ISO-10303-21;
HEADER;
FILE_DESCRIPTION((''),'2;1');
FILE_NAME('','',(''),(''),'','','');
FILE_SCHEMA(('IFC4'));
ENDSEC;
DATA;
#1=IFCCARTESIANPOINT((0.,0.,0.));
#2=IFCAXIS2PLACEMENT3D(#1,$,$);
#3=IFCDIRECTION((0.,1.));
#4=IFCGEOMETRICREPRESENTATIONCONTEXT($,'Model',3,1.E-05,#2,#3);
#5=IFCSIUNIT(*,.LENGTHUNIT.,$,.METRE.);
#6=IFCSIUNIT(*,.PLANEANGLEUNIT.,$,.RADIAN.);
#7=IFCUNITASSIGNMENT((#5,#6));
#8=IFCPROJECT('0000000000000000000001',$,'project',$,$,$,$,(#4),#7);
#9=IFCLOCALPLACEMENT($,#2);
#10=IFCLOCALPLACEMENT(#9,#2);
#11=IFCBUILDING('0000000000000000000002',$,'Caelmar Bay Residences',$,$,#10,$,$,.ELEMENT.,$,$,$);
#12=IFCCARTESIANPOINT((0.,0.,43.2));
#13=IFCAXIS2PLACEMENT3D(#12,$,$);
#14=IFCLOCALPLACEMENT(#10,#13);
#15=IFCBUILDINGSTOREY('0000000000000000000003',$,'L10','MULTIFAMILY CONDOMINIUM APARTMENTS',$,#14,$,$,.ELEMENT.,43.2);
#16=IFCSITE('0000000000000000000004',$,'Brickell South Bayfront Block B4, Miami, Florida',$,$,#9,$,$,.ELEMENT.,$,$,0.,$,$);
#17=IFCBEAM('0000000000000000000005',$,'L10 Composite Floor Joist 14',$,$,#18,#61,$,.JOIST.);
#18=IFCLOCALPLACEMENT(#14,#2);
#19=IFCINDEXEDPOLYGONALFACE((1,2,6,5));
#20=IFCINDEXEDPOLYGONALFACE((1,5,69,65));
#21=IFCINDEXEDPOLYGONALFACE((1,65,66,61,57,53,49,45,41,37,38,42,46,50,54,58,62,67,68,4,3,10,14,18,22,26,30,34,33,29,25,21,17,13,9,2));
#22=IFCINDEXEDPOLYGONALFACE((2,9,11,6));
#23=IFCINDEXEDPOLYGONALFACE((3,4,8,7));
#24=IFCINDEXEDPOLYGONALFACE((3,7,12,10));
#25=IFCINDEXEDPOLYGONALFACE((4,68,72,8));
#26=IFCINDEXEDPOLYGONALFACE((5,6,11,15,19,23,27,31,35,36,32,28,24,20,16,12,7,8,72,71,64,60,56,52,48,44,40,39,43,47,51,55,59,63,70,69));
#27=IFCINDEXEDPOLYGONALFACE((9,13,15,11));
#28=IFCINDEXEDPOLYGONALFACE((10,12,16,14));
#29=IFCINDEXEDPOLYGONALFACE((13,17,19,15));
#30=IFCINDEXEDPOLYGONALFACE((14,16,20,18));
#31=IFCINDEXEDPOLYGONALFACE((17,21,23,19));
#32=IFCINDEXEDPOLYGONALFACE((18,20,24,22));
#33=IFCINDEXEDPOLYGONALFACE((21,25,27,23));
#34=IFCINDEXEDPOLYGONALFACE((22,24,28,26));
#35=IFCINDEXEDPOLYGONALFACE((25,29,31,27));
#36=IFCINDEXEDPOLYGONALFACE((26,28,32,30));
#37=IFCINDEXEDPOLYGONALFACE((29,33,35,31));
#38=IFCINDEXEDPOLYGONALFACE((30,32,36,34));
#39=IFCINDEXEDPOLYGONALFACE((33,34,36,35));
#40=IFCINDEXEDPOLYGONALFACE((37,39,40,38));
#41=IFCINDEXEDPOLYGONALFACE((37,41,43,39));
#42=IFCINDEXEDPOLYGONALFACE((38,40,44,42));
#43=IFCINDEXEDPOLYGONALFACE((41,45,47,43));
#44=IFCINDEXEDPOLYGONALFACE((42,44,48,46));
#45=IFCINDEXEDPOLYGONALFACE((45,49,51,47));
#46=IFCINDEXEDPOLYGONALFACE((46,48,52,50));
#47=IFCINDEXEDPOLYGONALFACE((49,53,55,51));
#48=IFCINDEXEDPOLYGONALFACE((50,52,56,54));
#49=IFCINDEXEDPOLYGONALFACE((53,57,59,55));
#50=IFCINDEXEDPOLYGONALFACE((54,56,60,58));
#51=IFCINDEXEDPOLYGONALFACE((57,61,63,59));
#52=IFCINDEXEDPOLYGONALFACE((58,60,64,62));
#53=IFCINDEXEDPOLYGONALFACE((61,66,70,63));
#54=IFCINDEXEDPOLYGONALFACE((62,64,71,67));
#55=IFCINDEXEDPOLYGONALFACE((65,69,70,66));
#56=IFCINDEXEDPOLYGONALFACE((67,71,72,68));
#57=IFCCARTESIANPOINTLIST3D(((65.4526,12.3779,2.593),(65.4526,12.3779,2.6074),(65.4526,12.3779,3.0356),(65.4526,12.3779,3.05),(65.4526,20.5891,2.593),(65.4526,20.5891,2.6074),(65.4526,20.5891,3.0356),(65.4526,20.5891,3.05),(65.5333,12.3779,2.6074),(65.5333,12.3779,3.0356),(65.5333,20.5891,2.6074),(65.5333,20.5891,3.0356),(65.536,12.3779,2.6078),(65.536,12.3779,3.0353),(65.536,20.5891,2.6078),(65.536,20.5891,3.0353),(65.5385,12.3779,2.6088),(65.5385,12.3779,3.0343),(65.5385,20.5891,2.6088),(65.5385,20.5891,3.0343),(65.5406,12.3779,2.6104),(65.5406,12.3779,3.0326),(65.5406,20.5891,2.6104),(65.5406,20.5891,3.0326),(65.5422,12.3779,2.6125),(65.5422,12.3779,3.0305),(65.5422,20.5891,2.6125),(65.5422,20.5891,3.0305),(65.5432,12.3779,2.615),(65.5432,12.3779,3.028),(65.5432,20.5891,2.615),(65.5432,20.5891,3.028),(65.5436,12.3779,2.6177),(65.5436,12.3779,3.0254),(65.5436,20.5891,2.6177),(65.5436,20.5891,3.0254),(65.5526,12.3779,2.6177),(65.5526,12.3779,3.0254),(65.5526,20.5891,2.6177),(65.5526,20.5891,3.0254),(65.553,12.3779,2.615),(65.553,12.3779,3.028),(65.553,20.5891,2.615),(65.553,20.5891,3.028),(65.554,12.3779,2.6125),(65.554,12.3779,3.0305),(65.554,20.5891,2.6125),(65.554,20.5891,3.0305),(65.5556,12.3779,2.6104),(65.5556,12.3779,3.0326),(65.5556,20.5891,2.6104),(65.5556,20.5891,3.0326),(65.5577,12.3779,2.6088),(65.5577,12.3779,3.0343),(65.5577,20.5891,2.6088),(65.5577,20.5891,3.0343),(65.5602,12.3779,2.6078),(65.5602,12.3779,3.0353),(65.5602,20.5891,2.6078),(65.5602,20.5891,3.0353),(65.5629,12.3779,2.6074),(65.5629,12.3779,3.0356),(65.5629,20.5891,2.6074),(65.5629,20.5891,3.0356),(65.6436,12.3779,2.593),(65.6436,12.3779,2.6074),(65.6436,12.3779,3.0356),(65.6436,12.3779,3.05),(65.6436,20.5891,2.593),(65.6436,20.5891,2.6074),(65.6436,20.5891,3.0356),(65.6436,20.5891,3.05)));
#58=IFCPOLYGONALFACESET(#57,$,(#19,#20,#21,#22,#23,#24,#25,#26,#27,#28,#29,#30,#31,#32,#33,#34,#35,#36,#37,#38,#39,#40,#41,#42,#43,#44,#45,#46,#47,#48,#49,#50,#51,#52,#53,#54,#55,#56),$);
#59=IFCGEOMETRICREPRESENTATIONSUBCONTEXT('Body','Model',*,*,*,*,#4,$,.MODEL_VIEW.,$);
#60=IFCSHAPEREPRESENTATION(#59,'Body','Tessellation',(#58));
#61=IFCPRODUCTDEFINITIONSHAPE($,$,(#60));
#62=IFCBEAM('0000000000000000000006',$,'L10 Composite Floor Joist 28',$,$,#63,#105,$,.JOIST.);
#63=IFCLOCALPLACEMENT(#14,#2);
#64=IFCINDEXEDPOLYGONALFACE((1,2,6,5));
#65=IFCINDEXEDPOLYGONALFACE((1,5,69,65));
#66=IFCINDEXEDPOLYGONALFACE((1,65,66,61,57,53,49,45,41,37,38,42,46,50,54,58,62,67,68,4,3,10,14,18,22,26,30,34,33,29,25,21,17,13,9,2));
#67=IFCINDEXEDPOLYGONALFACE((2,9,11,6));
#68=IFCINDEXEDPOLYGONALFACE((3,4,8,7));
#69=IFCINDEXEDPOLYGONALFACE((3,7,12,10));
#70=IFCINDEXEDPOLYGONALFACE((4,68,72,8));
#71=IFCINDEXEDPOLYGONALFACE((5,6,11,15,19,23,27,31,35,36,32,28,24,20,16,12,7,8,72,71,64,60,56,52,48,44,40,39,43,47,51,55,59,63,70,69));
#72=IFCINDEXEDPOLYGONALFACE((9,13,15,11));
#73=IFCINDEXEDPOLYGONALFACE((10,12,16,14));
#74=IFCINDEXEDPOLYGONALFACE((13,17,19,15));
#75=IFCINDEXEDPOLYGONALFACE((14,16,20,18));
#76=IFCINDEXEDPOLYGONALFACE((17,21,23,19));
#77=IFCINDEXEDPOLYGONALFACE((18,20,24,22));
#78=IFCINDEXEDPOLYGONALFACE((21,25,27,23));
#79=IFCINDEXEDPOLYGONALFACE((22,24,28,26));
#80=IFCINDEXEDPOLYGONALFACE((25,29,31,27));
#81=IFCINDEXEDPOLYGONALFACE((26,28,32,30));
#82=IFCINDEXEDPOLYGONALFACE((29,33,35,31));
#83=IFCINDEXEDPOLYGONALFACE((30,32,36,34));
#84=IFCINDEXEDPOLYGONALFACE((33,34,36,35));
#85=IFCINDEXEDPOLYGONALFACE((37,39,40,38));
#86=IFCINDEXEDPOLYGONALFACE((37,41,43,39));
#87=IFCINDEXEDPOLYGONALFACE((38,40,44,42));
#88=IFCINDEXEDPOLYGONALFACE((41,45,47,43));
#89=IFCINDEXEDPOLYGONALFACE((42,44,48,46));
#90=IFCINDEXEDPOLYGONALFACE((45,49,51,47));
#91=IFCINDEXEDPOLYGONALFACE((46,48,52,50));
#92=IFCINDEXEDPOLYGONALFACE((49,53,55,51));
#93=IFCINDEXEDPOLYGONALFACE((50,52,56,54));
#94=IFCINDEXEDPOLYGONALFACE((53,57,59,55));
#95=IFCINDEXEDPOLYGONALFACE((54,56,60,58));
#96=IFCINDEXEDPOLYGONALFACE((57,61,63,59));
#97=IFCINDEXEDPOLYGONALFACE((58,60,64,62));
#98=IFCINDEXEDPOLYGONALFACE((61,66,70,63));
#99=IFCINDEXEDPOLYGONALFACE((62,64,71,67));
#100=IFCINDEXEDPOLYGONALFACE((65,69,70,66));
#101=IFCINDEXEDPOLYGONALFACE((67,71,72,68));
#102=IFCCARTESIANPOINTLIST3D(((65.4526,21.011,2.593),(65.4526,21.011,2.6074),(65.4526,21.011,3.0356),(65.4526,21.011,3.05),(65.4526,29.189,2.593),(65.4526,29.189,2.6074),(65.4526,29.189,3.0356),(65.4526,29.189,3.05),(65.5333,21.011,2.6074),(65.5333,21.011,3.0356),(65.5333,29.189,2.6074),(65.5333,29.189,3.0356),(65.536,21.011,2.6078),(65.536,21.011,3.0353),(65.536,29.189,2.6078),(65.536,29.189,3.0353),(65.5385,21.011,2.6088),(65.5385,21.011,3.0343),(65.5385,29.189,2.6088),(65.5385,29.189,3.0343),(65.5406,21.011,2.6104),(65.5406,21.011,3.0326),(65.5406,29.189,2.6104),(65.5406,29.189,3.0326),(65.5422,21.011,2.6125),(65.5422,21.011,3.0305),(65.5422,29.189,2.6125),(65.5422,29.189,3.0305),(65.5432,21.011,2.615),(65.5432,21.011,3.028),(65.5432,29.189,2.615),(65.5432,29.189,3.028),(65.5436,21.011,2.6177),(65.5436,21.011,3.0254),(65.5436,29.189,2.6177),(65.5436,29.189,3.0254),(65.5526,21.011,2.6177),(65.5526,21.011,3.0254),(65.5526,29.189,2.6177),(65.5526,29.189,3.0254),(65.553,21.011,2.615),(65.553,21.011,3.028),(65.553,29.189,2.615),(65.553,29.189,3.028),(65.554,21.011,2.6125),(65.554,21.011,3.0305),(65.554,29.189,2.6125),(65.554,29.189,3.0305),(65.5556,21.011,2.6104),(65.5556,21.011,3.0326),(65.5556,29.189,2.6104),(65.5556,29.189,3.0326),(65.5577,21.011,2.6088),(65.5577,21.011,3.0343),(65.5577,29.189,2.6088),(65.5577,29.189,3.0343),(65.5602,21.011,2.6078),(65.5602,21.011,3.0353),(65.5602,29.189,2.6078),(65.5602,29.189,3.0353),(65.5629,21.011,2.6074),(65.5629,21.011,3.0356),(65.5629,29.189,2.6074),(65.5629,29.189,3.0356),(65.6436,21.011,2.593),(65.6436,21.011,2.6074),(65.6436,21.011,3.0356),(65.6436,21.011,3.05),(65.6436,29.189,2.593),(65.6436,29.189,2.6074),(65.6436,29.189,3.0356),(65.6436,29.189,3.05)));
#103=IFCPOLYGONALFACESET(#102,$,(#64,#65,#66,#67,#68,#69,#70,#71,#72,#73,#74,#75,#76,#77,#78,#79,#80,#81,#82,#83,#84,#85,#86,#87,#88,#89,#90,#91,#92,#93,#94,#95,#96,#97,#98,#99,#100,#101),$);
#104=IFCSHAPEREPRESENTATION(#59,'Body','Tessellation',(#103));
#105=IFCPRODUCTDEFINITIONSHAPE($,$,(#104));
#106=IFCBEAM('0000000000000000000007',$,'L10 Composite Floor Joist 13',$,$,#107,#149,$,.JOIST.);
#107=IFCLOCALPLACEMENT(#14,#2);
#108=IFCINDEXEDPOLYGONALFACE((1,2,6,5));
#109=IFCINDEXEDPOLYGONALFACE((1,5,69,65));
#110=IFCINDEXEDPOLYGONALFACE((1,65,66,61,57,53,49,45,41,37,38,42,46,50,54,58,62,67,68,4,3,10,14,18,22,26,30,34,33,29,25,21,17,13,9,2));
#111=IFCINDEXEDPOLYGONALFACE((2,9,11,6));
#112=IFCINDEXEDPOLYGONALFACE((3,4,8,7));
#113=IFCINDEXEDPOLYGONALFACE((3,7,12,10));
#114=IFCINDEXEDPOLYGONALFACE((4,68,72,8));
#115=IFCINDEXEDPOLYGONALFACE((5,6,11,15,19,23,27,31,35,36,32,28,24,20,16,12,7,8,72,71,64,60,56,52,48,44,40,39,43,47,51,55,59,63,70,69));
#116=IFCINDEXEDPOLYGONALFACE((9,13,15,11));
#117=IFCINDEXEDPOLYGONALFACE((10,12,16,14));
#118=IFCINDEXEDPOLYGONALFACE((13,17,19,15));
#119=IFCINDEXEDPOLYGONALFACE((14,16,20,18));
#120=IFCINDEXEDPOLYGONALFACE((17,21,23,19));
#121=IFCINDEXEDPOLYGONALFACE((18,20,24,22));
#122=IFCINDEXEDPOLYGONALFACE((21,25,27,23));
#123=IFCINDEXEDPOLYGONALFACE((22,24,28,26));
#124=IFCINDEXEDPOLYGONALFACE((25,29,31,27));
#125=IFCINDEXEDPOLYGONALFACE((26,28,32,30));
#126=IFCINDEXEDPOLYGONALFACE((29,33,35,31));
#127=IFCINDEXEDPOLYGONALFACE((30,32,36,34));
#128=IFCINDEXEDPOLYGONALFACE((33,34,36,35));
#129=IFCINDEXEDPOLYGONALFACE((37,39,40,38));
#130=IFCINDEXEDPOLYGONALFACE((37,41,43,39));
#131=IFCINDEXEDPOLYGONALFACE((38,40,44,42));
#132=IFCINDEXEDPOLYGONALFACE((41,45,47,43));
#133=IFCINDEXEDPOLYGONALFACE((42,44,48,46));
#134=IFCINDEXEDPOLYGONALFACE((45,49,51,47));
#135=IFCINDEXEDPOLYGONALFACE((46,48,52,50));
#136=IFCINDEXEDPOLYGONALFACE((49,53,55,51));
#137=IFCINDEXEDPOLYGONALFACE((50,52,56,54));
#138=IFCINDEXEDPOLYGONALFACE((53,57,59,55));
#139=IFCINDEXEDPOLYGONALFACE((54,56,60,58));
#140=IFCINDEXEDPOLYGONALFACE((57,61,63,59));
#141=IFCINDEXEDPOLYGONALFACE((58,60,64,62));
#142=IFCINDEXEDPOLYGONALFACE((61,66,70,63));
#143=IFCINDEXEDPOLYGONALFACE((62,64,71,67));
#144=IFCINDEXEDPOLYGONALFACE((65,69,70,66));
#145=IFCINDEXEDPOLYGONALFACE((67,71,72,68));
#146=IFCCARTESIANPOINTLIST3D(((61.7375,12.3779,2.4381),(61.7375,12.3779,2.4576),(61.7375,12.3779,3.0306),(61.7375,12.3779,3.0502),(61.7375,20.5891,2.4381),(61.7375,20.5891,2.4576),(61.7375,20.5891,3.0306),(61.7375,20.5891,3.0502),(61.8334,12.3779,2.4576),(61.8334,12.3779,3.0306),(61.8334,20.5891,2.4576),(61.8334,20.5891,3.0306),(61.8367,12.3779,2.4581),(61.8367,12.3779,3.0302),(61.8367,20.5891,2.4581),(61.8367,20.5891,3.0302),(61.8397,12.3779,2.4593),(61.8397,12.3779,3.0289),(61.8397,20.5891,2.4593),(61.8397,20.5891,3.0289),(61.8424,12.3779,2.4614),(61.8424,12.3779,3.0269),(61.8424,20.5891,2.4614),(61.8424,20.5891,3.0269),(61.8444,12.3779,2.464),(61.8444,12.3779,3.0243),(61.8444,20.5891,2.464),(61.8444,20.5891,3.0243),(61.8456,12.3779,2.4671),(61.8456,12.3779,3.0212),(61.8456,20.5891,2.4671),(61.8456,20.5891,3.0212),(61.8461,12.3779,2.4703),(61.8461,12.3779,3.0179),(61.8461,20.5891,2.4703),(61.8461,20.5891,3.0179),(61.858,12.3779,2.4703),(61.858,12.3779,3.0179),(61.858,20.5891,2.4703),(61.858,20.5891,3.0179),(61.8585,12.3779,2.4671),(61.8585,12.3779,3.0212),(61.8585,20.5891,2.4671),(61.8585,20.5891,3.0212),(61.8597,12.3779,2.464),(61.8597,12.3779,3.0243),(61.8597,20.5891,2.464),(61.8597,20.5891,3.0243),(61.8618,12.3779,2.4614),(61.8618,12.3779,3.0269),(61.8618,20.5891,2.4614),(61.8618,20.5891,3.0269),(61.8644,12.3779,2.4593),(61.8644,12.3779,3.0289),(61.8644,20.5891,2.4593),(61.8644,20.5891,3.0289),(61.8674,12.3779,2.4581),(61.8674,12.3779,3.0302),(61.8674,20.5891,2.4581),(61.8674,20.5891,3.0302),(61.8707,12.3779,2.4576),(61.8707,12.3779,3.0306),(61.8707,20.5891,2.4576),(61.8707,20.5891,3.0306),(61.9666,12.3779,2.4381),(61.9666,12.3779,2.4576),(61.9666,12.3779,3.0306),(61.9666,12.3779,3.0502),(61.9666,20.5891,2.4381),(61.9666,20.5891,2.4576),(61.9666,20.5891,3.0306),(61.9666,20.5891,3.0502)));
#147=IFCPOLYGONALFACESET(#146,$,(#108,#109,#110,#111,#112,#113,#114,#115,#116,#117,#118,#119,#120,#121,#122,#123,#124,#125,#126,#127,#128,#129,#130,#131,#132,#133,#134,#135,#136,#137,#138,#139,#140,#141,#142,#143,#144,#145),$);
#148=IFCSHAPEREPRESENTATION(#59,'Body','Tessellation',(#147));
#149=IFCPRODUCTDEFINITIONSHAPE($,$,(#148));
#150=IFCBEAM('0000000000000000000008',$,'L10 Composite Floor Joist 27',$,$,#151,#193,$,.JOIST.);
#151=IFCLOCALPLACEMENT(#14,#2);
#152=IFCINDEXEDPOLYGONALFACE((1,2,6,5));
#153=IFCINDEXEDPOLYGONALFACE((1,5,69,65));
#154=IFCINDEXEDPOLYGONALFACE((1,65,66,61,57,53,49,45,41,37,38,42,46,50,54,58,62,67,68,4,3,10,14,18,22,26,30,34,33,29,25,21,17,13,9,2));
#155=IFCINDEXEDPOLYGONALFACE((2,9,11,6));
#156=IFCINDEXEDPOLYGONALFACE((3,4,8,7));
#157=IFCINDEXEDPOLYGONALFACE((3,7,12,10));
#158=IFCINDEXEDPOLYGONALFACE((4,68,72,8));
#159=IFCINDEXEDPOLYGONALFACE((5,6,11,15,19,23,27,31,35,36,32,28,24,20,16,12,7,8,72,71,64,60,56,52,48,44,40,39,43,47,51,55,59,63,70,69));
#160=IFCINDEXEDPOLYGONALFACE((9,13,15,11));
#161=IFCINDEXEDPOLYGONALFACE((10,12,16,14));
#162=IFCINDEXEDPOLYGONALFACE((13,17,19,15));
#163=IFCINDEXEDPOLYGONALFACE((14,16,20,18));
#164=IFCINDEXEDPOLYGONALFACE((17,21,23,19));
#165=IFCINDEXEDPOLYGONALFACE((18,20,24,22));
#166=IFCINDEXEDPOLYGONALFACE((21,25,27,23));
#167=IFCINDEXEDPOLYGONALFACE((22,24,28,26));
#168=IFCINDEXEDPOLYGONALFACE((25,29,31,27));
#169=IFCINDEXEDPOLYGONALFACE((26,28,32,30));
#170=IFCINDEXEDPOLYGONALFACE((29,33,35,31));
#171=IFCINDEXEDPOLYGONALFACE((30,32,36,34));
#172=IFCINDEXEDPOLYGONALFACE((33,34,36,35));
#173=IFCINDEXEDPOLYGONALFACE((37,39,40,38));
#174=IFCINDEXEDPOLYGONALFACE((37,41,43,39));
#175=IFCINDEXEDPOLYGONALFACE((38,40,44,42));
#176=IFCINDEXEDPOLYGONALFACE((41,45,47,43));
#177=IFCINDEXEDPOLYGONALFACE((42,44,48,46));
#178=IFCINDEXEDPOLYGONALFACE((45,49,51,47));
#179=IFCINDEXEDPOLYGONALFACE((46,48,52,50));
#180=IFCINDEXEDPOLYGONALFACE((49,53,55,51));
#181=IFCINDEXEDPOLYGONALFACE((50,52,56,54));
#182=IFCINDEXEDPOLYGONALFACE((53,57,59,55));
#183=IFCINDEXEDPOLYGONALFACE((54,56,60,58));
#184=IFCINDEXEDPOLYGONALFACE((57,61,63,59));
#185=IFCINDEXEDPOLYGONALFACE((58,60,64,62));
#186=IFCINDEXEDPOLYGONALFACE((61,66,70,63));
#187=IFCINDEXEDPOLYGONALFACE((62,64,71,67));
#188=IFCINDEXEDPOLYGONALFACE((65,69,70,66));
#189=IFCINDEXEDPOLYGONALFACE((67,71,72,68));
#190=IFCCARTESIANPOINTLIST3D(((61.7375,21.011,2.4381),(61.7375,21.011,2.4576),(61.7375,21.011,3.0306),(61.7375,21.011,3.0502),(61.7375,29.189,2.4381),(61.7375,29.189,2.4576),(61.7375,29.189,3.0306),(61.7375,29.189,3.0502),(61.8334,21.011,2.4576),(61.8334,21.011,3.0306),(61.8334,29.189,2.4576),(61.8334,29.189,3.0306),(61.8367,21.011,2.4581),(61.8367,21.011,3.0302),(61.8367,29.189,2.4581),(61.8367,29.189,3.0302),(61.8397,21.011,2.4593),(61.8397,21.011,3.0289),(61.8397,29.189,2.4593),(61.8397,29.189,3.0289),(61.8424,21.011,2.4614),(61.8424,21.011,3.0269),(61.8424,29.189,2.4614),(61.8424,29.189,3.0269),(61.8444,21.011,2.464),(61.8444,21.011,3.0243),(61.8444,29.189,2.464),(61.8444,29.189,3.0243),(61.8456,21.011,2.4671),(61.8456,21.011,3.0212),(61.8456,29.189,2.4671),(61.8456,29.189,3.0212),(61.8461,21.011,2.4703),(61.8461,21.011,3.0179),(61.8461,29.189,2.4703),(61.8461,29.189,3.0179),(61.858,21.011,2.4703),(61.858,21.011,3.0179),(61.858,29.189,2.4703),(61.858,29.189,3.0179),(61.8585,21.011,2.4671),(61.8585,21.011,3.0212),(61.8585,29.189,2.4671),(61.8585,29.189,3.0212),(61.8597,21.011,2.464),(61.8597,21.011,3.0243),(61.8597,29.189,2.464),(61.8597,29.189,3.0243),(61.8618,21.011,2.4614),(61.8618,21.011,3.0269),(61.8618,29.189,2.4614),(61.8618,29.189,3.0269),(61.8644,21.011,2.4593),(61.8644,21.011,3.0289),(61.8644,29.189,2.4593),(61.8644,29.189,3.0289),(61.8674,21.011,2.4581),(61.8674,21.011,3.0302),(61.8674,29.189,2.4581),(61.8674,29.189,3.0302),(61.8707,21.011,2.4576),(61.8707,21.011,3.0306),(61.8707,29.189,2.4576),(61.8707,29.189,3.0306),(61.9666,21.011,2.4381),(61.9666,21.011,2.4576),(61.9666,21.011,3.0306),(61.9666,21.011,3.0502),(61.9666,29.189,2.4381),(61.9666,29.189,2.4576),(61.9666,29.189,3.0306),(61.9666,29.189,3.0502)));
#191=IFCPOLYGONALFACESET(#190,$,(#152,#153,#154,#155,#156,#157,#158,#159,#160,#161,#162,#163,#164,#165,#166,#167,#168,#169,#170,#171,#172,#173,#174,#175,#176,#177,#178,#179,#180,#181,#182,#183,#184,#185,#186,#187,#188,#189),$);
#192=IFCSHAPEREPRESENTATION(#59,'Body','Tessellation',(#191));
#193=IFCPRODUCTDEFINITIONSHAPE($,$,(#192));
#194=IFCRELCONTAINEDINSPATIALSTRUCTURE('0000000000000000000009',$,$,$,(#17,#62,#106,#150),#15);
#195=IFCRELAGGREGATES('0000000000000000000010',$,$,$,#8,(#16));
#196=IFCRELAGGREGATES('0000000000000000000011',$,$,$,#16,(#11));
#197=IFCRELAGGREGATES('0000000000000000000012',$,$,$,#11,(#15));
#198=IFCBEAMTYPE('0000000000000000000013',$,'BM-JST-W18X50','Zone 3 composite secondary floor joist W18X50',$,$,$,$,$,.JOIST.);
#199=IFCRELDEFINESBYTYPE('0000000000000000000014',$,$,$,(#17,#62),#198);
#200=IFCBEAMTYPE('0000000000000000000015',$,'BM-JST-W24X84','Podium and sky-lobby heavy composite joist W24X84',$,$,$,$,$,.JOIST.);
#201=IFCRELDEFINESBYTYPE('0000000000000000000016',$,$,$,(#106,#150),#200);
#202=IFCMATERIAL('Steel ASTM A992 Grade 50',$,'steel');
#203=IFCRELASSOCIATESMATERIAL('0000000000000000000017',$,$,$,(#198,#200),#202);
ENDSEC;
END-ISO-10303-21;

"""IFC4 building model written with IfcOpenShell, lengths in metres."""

from ifc_helpers import new_model, si_unit, direction, frame, origin, origin_2d, place, context, subcontext, project, spatial, i_section, extrude, material, material_profile, profile_set, type_object, element, save


model = new_model("IFC4")

# Units and contexts
model_context = context("Model", 3, precision=1e-05, world=origin(), true_north=direction((0.0, 1.0)))
body_context = subcontext(model_context, "Body", "Model", "MODEL_VIEW")
ifc_project = project(units=[si_unit("LENGTHUNIT", "METRE"), si_unit("PLANEANGLEUNIT", "RADIAN")], contexts=[model_context])

# Site, building, storey
site_placement = place(None, origin())
site = spatial("IfcSite", under=ifc_project, at=site_placement, Name="Brickell South Bayfront Block B4, Miami, Florida", CompositionType="ELEMENT", RefElevation=0.0)
building_placement = place(site_placement, origin())
building = spatial("IfcBuilding", under=site, at=building_placement, Name="Caelmar Bay Residences", CompositionType="ELEMENT")
storey_placement = place(building_placement, frame((0.0, 0.0, 43.2)))
storey = spatial("IfcBuildingStorey", under=building, at=storey_placement, Name="L10", Description="MULTIFAMILY CONDOMINIUM APARTMENTS", CompositionType="ELEMENT", Elevation=43.2)

# Beams
ifc_material_1 = material(Name="Steel ASTM A992 Grade 50", Category="steel")
ifc_material_profile_1 = material_profile(ifc_material_1, i_section(OverallWidth=0.1909, OverallDepth=0.457, WebThickness=0.009, FlangeThickness=0.0144, FilletRadius=0.0103, at=origin_2d()), Name="W18X50")
ifc_profile_set_1 = profile_set([ifc_material_profile_1], Name="Steel ASTM A992 Grade 50")
beam_type_1 = type_object("IfcBeamType", Name="BM-JST-W18X50", Description="Zone 3 composite secondary floor joist W18X50", PredefinedType="JOIST", material=ifc_profile_set_1)
beam_1_placement = place(storey_placement, frame((65.5481, 12.3779, 2.8215), z_axis=(0.0, 1.0, 0.0), x_axis=(-1.0, 0.0, 0.0)))
element("IfcBeam", 1, at=beam_1_placement, inside=storey, type_object=beam_type_1, Name="L10 Composite Floor Joist 14", PredefinedType="JOIST", context=body_context, shape_type="SweptSolid", body=[
    extrude(i_section(OverallWidth=0.1909, OverallDepth=0.457, WebThickness=0.009, FlangeThickness=0.0144, FilletRadius=0.0103, at=origin_2d()), origin(), (0.0, 0.0, 1.0), 8.2112),
])
beam_2_placement = place(storey_placement, frame((65.5481, 21.011, 2.8215), z_axis=(0.0, 1.0, 0.0), x_axis=(-1.0, 0.0, 0.0)))
element("IfcBeam", 2, at=beam_2_placement, inside=storey, type_object=beam_type_1, Name="L10 Composite Floor Joist 28", PredefinedType="JOIST", context=body_context, shape_type="SweptSolid", body=[
    extrude(i_section(OverallWidth=0.1909, OverallDepth=0.457, WebThickness=0.009, FlangeThickness=0.0144, FilletRadius=0.0103, at=origin_2d()), origin(), (0.0, 0.0, 1.0), 8.178),
])
ifc_material_profile_2 = material_profile(ifc_material_1, i_section(OverallWidth=0.229, OverallDepth=0.6121, WebThickness=0.012, FlangeThickness=0.0195, FilletRadius=0.0127, at=origin_2d()), Name="W24X84")
ifc_profile_set_2 = profile_set([ifc_material_profile_2], Name="Steel ASTM A992 Grade 50")
beam_type_2 = type_object("IfcBeamType", Name="BM-JST-W24X84", Description="Podium and sky-lobby heavy composite joist W24X84", PredefinedType="JOIST", material=ifc_profile_set_2)
beam_3_placement = place(storey_placement, frame((61.8521, 12.3779, 2.7441), z_axis=(0.0, 1.0, 0.0), x_axis=(-1.0, 0.0, 0.0)))
element("IfcBeam", 3, at=beam_3_placement, inside=storey, type_object=beam_type_2, Name="L10 Composite Floor Joist 13", PredefinedType="JOIST", context=body_context, shape_type="SweptSolid", body=[
    extrude(i_section(OverallWidth=0.229, OverallDepth=0.6121, WebThickness=0.012, FlangeThickness=0.0195, FilletRadius=0.0127, at=origin_2d()), origin(), (0.0, 0.0, 1.0), 8.2112),
])
beam_4_placement = place(storey_placement, frame((61.8521, 21.011, 2.7441), z_axis=(0.0, 1.0, 0.0), x_axis=(-1.0, 0.0, 0.0)))
element("IfcBeam", 4, at=beam_4_placement, inside=storey, type_object=beam_type_2, Name="L10 Composite Floor Joist 27", PredefinedType="JOIST", context=body_context, shape_type="SweptSolid", body=[
    extrude(i_section(OverallWidth=0.229, OverallDepth=0.6121, WebThickness=0.012, FlangeThickness=0.0195, FilletRadius=0.0127, at=origin_2d()), origin(), (0.0, 0.0, 1.0), 8.178),
])

save(model, "model.ifc")
